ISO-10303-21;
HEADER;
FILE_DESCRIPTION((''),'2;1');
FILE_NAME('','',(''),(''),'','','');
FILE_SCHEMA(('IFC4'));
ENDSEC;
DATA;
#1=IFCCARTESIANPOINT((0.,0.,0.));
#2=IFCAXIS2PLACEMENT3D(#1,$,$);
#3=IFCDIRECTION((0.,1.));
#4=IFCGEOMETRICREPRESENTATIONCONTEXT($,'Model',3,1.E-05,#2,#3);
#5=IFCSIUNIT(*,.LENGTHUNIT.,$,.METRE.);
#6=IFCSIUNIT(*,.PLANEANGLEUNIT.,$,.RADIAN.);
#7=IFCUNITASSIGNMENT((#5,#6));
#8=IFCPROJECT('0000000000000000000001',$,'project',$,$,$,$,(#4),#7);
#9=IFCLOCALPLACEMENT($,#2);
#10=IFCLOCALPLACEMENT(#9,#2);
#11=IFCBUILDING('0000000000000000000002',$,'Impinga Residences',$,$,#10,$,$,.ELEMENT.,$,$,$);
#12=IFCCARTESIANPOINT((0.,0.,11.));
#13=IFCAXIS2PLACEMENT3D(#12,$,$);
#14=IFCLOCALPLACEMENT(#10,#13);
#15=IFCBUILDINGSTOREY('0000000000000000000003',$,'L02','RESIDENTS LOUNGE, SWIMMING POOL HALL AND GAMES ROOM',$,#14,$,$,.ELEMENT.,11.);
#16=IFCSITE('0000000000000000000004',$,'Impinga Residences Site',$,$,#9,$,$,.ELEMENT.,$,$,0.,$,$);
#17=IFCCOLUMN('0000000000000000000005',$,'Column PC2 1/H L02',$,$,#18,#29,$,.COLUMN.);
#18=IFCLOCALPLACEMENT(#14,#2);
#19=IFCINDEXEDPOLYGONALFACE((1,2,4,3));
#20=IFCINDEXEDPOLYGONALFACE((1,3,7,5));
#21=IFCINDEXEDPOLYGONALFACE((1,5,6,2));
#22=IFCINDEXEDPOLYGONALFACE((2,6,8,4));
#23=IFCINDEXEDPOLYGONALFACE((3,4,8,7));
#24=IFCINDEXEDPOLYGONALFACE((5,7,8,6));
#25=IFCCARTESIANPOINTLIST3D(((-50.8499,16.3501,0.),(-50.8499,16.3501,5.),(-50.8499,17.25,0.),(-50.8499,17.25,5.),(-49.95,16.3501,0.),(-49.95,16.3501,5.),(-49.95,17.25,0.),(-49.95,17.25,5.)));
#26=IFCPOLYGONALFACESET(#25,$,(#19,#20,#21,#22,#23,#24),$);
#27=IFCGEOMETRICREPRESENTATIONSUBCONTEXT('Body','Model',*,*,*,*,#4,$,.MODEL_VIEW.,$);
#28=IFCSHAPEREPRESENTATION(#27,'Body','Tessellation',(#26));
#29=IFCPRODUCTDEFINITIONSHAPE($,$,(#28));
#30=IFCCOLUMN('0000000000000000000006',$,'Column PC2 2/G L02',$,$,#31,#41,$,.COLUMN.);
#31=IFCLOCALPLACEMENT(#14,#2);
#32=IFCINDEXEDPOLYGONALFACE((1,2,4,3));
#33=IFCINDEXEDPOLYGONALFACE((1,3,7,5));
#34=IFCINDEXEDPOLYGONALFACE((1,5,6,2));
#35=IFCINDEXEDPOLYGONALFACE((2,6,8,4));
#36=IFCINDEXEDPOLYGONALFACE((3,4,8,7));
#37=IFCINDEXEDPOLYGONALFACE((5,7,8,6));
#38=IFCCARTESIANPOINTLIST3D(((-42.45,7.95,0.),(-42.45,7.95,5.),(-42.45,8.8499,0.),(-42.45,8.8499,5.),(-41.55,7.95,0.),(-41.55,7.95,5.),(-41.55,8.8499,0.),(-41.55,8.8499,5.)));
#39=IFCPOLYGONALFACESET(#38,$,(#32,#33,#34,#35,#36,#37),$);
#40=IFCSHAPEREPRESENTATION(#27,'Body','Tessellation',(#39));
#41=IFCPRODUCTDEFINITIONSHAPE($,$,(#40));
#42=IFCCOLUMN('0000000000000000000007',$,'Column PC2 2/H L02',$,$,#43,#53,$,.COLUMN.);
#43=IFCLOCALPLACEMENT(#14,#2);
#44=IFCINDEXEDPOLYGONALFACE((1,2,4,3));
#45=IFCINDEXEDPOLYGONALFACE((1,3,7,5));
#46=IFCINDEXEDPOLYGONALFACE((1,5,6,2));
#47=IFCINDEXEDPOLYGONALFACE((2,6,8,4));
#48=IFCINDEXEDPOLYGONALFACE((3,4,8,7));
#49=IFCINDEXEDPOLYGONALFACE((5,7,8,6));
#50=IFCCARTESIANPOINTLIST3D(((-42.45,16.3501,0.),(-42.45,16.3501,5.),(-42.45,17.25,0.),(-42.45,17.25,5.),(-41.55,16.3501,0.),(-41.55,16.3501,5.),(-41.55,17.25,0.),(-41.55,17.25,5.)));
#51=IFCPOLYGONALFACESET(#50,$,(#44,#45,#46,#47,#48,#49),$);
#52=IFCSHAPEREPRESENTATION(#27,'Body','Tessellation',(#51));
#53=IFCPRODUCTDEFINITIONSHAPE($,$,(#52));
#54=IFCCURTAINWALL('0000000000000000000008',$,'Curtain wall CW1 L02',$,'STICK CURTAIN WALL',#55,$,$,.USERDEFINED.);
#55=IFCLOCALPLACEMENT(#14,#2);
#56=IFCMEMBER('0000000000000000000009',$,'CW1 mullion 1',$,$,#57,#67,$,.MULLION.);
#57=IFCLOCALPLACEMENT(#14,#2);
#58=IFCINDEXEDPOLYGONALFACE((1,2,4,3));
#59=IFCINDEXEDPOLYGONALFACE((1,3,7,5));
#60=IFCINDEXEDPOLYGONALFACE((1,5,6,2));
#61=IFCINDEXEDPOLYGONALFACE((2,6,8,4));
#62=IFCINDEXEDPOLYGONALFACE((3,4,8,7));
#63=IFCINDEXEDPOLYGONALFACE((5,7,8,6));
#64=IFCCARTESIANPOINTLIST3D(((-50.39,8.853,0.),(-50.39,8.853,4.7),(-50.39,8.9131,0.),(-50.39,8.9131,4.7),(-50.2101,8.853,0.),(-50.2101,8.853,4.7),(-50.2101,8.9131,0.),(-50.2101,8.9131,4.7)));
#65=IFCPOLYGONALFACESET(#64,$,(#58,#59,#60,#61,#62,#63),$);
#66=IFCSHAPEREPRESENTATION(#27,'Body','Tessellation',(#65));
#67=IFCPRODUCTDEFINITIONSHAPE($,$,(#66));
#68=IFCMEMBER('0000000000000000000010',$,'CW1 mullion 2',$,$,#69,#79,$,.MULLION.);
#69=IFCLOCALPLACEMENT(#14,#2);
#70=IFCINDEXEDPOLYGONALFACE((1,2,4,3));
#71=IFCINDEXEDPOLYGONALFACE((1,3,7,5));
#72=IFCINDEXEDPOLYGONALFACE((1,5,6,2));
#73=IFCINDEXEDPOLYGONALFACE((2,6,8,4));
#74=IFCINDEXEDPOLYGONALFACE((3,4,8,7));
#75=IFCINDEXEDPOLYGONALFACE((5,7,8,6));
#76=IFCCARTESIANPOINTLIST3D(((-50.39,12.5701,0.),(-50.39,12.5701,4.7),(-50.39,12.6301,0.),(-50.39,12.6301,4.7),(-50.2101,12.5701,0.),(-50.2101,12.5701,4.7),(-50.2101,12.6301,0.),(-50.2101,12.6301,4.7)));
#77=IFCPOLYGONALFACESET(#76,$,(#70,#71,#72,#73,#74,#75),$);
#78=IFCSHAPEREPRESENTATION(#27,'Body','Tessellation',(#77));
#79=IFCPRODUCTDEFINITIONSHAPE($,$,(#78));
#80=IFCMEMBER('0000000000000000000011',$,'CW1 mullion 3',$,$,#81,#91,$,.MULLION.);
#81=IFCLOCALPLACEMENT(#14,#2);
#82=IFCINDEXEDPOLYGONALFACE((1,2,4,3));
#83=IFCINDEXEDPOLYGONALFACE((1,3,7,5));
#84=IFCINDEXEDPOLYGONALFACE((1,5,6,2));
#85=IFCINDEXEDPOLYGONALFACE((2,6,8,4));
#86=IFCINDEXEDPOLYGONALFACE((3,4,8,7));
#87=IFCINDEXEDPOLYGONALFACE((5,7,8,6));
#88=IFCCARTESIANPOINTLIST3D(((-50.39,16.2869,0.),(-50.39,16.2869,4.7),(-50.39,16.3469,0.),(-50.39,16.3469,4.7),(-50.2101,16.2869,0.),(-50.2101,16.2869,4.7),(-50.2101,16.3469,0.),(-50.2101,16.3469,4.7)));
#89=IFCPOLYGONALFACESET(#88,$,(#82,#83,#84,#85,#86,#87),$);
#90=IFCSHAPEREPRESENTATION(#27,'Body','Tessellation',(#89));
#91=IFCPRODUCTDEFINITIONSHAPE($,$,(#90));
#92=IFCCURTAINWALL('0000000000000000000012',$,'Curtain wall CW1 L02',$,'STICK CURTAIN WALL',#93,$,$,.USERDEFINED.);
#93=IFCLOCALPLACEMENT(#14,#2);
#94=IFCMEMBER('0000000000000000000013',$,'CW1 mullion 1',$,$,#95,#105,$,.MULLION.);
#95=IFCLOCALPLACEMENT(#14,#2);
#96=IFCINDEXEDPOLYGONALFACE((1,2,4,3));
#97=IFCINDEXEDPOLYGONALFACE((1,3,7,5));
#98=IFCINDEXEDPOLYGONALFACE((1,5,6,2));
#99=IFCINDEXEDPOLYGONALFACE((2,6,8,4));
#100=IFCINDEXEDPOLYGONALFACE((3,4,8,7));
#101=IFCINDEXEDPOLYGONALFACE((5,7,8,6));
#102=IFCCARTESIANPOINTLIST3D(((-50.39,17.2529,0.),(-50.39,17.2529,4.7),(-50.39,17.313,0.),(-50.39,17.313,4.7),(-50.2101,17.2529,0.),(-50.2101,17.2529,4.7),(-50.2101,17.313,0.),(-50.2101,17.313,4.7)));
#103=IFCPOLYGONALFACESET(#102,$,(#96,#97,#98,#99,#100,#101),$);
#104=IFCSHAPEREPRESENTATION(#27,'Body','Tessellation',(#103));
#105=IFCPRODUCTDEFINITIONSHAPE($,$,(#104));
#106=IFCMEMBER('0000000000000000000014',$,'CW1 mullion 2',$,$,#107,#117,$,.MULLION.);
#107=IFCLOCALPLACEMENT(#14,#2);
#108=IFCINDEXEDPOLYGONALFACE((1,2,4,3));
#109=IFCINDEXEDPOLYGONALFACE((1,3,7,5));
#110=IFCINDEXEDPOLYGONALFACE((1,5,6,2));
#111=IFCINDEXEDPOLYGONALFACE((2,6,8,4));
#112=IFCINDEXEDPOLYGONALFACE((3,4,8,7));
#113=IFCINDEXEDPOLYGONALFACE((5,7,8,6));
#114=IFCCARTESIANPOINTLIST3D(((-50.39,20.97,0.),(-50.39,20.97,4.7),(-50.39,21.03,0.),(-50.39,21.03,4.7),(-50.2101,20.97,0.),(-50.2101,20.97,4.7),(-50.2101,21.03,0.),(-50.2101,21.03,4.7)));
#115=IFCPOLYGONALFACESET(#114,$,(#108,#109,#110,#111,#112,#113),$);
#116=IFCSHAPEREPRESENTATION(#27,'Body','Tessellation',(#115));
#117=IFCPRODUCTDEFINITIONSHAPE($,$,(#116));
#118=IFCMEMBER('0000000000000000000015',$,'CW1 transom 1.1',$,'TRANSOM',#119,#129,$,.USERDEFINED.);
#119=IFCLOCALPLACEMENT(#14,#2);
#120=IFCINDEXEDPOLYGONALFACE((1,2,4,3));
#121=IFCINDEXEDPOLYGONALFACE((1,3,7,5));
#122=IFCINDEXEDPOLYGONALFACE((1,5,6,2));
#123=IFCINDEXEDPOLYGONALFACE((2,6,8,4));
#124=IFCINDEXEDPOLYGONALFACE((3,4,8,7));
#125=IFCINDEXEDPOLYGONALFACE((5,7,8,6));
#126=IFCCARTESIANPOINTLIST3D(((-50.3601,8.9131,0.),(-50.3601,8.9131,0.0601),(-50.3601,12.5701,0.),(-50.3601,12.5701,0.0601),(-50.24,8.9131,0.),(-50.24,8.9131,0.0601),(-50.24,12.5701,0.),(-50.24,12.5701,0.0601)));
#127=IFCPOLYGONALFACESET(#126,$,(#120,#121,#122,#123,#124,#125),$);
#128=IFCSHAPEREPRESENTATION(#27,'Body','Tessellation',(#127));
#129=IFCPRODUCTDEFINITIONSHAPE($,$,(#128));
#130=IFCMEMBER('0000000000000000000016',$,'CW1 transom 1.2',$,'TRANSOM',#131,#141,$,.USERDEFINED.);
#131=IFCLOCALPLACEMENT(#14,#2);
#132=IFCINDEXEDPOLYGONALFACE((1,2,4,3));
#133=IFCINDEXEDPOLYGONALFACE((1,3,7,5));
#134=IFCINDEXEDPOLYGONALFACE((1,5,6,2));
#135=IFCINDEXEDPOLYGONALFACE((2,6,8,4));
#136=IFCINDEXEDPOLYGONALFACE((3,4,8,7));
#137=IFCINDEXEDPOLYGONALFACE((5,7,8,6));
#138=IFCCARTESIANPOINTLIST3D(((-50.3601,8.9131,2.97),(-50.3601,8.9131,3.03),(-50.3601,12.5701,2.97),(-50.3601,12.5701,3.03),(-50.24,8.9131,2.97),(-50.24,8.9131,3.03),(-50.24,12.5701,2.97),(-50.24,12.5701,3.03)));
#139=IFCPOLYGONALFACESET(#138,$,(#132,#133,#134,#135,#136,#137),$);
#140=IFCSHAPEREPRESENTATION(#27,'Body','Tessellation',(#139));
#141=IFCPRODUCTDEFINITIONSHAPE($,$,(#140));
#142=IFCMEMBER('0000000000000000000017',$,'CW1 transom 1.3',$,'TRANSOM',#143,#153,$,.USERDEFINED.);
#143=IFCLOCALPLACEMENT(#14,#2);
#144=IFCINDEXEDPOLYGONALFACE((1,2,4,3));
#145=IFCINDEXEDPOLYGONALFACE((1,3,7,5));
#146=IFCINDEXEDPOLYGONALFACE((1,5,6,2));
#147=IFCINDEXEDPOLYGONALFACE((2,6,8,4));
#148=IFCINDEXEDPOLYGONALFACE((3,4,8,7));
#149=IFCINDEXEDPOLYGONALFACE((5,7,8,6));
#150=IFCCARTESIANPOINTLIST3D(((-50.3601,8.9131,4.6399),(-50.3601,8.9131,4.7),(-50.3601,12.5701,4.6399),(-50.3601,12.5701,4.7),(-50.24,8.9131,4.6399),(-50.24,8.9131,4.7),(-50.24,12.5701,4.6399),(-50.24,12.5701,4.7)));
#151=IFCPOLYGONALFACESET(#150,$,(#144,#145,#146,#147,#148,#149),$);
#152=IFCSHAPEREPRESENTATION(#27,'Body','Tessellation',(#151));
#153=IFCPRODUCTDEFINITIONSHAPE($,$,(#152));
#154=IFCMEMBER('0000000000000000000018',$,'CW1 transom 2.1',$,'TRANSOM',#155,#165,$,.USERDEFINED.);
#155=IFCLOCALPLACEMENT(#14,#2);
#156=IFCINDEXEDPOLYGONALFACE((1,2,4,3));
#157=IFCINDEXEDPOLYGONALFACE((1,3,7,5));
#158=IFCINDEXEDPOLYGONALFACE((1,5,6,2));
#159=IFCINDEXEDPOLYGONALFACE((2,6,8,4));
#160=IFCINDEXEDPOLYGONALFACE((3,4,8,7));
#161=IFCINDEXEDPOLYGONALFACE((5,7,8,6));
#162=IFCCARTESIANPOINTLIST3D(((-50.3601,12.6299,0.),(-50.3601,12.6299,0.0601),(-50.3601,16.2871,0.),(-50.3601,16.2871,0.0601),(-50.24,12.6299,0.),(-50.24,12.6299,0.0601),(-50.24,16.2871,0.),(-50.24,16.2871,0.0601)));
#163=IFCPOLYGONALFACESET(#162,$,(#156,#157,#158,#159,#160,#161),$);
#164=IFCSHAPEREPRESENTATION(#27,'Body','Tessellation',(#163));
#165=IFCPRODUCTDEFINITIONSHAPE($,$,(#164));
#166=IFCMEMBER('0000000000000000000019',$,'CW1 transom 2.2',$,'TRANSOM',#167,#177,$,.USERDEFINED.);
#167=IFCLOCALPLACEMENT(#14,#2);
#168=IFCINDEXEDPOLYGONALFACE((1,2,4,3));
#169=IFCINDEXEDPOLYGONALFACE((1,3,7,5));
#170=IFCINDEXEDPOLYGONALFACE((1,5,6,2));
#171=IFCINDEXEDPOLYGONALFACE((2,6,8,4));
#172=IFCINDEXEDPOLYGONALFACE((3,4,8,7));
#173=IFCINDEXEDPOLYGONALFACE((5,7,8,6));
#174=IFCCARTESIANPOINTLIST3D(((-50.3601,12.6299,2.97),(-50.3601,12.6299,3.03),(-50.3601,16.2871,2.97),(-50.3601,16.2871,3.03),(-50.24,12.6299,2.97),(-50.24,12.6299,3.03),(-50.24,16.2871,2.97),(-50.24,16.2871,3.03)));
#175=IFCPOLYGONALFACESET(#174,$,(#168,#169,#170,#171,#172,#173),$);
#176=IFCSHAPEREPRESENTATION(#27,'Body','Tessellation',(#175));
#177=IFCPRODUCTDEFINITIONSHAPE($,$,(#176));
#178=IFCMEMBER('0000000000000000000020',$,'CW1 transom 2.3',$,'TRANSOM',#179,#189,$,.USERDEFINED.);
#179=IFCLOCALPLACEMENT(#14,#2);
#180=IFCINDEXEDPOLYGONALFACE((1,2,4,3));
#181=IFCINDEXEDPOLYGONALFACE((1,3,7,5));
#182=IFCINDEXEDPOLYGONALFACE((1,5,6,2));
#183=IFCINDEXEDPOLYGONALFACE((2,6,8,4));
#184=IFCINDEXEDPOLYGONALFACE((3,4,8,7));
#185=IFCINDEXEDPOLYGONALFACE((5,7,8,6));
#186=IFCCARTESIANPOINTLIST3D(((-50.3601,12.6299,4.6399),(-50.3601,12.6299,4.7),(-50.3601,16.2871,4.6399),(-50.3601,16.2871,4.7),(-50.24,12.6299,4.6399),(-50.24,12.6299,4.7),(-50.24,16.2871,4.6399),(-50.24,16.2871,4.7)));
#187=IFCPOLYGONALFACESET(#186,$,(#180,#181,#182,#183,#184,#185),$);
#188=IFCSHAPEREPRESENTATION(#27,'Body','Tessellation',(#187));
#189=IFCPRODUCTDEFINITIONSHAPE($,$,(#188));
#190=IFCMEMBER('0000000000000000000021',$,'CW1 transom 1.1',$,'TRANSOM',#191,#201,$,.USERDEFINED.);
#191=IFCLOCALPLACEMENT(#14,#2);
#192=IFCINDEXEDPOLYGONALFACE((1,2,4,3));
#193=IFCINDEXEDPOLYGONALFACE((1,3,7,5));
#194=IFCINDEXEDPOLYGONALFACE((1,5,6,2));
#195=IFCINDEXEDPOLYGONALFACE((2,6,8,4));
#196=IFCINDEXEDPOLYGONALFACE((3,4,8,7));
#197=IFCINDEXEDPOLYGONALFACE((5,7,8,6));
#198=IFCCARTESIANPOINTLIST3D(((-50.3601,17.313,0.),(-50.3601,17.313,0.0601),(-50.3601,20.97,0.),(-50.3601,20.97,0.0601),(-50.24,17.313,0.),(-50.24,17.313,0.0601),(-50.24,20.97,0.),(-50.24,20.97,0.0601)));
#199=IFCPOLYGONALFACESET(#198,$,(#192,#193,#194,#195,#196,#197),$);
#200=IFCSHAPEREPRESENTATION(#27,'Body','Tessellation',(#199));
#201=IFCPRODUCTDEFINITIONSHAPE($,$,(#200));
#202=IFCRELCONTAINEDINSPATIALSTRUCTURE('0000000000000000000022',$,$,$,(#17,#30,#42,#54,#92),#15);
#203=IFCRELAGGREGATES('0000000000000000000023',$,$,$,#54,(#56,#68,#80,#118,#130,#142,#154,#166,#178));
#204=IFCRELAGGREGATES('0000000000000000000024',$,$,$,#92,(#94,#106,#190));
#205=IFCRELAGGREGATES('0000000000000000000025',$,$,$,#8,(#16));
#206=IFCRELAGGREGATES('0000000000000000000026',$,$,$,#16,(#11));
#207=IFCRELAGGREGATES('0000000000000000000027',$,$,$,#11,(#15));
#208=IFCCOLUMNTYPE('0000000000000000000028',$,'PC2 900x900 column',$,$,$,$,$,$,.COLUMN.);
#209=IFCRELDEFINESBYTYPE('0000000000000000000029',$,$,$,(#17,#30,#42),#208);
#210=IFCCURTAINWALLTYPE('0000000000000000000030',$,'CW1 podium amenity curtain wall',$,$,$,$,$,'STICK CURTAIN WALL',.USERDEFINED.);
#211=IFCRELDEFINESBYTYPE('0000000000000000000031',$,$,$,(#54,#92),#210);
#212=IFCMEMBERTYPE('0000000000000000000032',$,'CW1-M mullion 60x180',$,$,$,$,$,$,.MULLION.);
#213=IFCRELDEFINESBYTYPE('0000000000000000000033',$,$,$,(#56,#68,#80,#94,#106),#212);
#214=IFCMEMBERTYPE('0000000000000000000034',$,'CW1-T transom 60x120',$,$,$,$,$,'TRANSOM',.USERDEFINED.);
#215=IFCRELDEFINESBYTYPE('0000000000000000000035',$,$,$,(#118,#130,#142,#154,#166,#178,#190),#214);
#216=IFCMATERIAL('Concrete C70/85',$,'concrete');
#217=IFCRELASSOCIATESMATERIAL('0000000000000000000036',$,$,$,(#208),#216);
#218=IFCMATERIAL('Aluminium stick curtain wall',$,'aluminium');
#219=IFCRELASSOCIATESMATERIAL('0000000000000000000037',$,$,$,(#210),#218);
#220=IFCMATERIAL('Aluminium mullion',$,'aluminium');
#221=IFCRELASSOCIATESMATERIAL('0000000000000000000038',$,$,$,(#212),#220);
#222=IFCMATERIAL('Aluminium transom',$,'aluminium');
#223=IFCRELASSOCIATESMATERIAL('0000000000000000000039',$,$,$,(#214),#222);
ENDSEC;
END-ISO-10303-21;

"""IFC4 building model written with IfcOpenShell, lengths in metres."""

from ifc_helpers import new_model, si_unit, direction, frame, origin, origin_2d, place, context, subcontext, project, spatial, rectangle, extrude, material, material_profile, profile_set, type_object, element, aggregate, save


model = new_model("IFC4")

# Units and contexts
model_context = context("Model", 3, precision=1e-05, world=origin(), true_north=direction((0.0, 1.0)))
body_context = subcontext(model_context, "Body", "Model", "MODEL_VIEW")
ifc_project = project(units=[si_unit("LENGTHUNIT", "METRE"), si_unit("PLANEANGLEUNIT", "RADIAN")], contexts=[model_context])

# Site, building, storey
site_placement = place(None, origin())
site = spatial("IfcSite", under=ifc_project, at=site_placement, Name="Impinga Residences Site", CompositionType="ELEMENT", RefElevation=0.0)
building_placement = place(site_placement, origin())
building = spatial("IfcBuilding", under=site, at=building_placement, Name="Impinga Residences", CompositionType="ELEMENT")
storey_placement = place(building_placement, frame((0.0, 0.0, 11.0)))
storey = spatial("IfcBuildingStorey", under=building, at=storey_placement, Name="L02", Description="RESIDENTS LOUNGE, SWIMMING POOL HALL AND GAMES ROOM", CompositionType="ELEMENT", Elevation=11.0)

# Columns
ifc_material_1 = material(Name="Concrete C70/85", Category="concrete")
ifc_material_profile_1 = material_profile(ifc_material_1, rectangle(XDim=0.8999, YDim=0.8999, at=origin_2d()), Name="RC 900x900")
ifc_profile_set_1 = profile_set([ifc_material_profile_1], Name="Concrete C70/85")
column_type = type_object("IfcColumnType", Name="PC2 900x900 column", PredefinedType="COLUMN", material=ifc_profile_set_1)
for number, where, z_axis, x_axis, name in (
    (1, (-50.3999, 16.8, 0.0), (0.0, 0.0, 1.0), (1.0, 0.0, 0.0), "Column PC2 1/H L02"),
    (2, (-42.0, 8.3999, 0.0), (0.0, 0.0, 1.0), (1.0, 0.0, 0.0), "Column PC2 2/G L02"),
    (3, (-42.0, 16.8, 0.0), (0.0, 0.0, 1.0), (1.0, 0.0, 0.0), "Column PC2 2/H L02"),
):
    element("IfcColumn", number, at=place(storey_placement, frame(where, z_axis=z_axis, x_axis=x_axis)), inside=storey, type_object=column_type, Name=name, PredefinedType="COLUMN", context=body_context, shape_type="SweptSolid", body=[
        extrude(rectangle(XDim=0.8999, YDim=0.8999, at=origin_2d()), origin(), (0.0, 0.0, 1.0), 5.0),
    ])

# Curtain walls, members
ifc_material_2 = material(Name="Aluminium stick curtain wall", Category="aluminium")
curtain_wall_type = type_object("IfcCurtainWallType", Name="CW1 podium amenity curtain wall", ElementType="STICK CURTAIN WALL", PredefinedType="USERDEFINED", material=ifc_material_2)
curtain_wall_1_placement = place(storey_placement, origin())
curtain_wall_1 = element("IfcCurtainWall", 4, at=curtain_wall_1_placement, inside=storey, type_object=curtain_wall_type, Name="Curtain wall CW1 L02", ObjectType="STICK CURTAIN WALL", PredefinedType="USERDEFINED")
ifc_material_3 = material(Name="Aluminium mullion", Category="aluminium")
ifc_material_profile_2 = material_profile(ifc_material_3, rectangle(XDim=0.0601, YDim=0.1799, at=origin_2d()), Name="60x180 mullion")
ifc_profile_set_2 = profile_set([ifc_material_profile_2], Name="Aluminium mullion")
member_type_1 = type_object("IfcMemberType", Name="CW1-M mullion 60x180", PredefinedType="MULLION", material=ifc_profile_set_2)
member_1_placement = place(storey_placement, frame((-50.3, 8.8831, 0.0), z_axis=(0.0, 0.0, 1.0), x_axis=(0.0, 1.0, 0.0)))
member_1 = element("IfcMember", 5, at=member_1_placement, type_object=member_type_1, Name="CW1 mullion 1", PredefinedType="MULLION", context=body_context, shape_type="SweptSolid", body=[
    extrude(rectangle(XDim=0.0601, YDim=0.1799, at=origin_2d()), origin(), (0.0, 0.0, 1.0), 4.7),
])
member_2_placement = place(storey_placement, frame((-50.3, 12.6001, 0.0), z_axis=(0.0, 0.0, 1.0), x_axis=(0.0, 1.0, 0.0)))
member_2 = element("IfcMember", 6, at=member_2_placement, type_object=member_type_1, Name="CW1 mullion 2", PredefinedType="MULLION", context=body_context, shape_type="SweptSolid", body=[
    extrude(rectangle(XDim=0.0601, YDim=0.1799, at=origin_2d()), origin(), (0.0, 0.0, 1.0), 4.7),
])
member_3_placement = place(storey_placement, frame((-50.3, 16.3169, 0.0), z_axis=(0.0, 0.0, 1.0), x_axis=(0.0, 1.0, 0.0)))
member_3 = element("IfcMember", 7, at=member_3_placement, type_object=member_type_1, Name="CW1 mullion 3", PredefinedType="MULLION", context=body_context, shape_type="SweptSolid", body=[
    extrude(rectangle(XDim=0.0601, YDim=0.1799, at=origin_2d()), origin(), (0.0, 0.0, 1.0), 4.7),
])
curtain_wall_2_placement = place(storey_placement, origin())
curtain_wall_2 = element("IfcCurtainWall", 8, at=curtain_wall_2_placement, inside=storey, type_object=curtain_wall_type, Name="Curtain wall CW1 L02", ObjectType="STICK CURTAIN WALL", PredefinedType="USERDEFINED")
member_4_placement = place(storey_placement, frame((-50.3, 17.283, 0.0), z_axis=(0.0, 0.0, 1.0), x_axis=(0.0, 1.0, 0.0)))
member_4 = element("IfcMember", 9, at=member_4_placement, type_object=member_type_1, Name="CW1 mullion 1", PredefinedType="MULLION", context=body_context, shape_type="SweptSolid", body=[
    extrude(rectangle(XDim=0.0601, YDim=0.1799, at=origin_2d()), origin(), (0.0, 0.0, 1.0), 4.7),
])
member_5_placement = place(storey_placement, frame((-50.3, 21.0, 0.0), z_axis=(0.0, 0.0, 1.0), x_axis=(0.0, 1.0, 0.0)))
member_5 = element("IfcMember", 10, at=member_5_placement, type_object=member_type_1, Name="CW1 mullion 2", PredefinedType="MULLION", context=body_context, shape_type="SweptSolid", body=[
    extrude(rectangle(XDim=0.0601, YDim=0.1799, at=origin_2d()), origin(), (0.0, 0.0, 1.0), 4.7),
])

# Members
ifc_material_4 = material(Name="Aluminium transom", Category="aluminium")
ifc_material_profile_3 = material_profile(ifc_material_4, rectangle(XDim=0.0601, YDim=0.1201, at=origin_2d()), Name="60x120 transom")
ifc_profile_set_3 = profile_set([ifc_material_profile_3], Name="Aluminium transom")
member_type_2 = type_object("IfcMemberType", Name="CW1-T transom 60x120", ElementType="TRANSOM", PredefinedType="USERDEFINED", material=ifc_profile_set_3)
member_6_placement = place(storey_placement, frame((-50.3, 8.9131, 0.03), z_axis=(0.0, 1.0, 0.0), x_axis=(0.0, 0.0, 1.0)))
member_6 = element("IfcMember", 11, at=member_6_placement, type_object=member_type_2, Name="CW1 transom 1.1", ObjectType="TRANSOM", PredefinedType="USERDEFINED", context=body_context, shape_type="SweptSolid", body=[
    extrude(rectangle(XDim=0.0601, YDim=0.1201, at=origin_2d()), origin(), (0.0, 0.0, 1.0), 3.657),
])
member_7_placement = place(storey_placement, frame((-50.3, 8.9131, 3.0), z_axis=(0.0, 1.0, 0.0), x_axis=(0.0, 0.0, 1.0)))
member_7 = element("IfcMember", 12, at=member_7_placement, type_object=member_type_2, Name="CW1 transom 1.2", ObjectType="TRANSOM", PredefinedType="USERDEFINED", context=body_context, shape_type="SweptSolid", body=[
    extrude(rectangle(XDim=0.0601, YDim=0.1201, at=origin_2d()), origin(), (0.0, 0.0, 1.0), 3.657),
])
member_8_placement = place(storey_placement, frame((-50.3, 8.9131, 4.6699), z_axis=(0.0, 1.0, 0.0), x_axis=(0.0, 0.0, 1.0)))
member_8 = element("IfcMember", 13, at=member_8_placement, type_object=member_type_2, Name="CW1 transom 1.3", ObjectType="TRANSOM", PredefinedType="USERDEFINED", context=body_context, shape_type="SweptSolid", body=[
    extrude(rectangle(XDim=0.0601, YDim=0.1201, at=origin_2d()), origin(), (0.0, 0.0, 1.0), 3.657),
])
member_9_placement = place(storey_placement, frame((-50.3, 12.6299, 0.03), z_axis=(0.0, 1.0, 0.0), x_axis=(0.0, 0.0, 1.0)))
member_9 = element("IfcMember", 14, at=member_9_placement, type_object=member_type_2, Name="CW1 transom 2.1", ObjectType="TRANSOM", PredefinedType="USERDEFINED", context=body_context, shape_type="SweptSolid", body=[
    extrude(rectangle(XDim=0.0601, YDim=0.1201, at=origin_2d()), origin(), (0.0, 0.0, 1.0), 3.6572),
])
member_10_placement = place(storey_placement, frame((-50.3, 12.6299, 3.0), z_axis=(0.0, 1.0, 0.0), x_axis=(0.0, 0.0, 1.0)))
member_10 = element("IfcMember", 15, at=member_10_placement, type_object=member_type_2, Name="CW1 transom 2.2", ObjectType="TRANSOM", PredefinedType="USERDEFINED", context=body_context, shape_type="SweptSolid", body=[
    extrude(rectangle(XDim=0.0601, YDim=0.1201, at=origin_2d()), origin(), (0.0, 0.0, 1.0), 3.6572),
])
member_11_placement = place(storey_placement, frame((-50.3, 12.6299, 4.6699), z_axis=(0.0, 1.0, 0.0), x_axis=(0.0, 0.0, 1.0)))
member_11 = element("IfcMember", 16, at=member_11_placement, type_object=member_type_2, Name="CW1 transom 2.3", ObjectType="TRANSOM", PredefinedType="USERDEFINED", context=body_context, shape_type="SweptSolid", body=[
    extrude(rectangle(XDim=0.0601, YDim=0.1201, at=origin_2d()), origin(), (0.0, 0.0, 1.0), 3.6572),
])
member_12_placement = place(storey_placement, frame((-50.3, 17.313, 0.03), z_axis=(0.0, 1.0, 0.0), x_axis=(0.0, 0.0, 1.0)))
member_12 = element("IfcMember", 17, at=member_12_placement, type_object=member_type_2, Name="CW1 transom 1.1", ObjectType="TRANSOM", PredefinedType="USERDEFINED", context=body_context, shape_type="SweptSolid", body=[
    extrude(rectangle(XDim=0.0601, YDim=0.1201, at=origin_2d()), origin(), (0.0, 0.0, 1.0), 3.657),
])

aggregate(curtain_wall_1, [member_1, member_2, member_3, member_6, member_7, member_8, member_9, member_10, member_11])
aggregate(curtain_wall_2, [member_4, member_5, member_12])

save(model, "model.ifc")
